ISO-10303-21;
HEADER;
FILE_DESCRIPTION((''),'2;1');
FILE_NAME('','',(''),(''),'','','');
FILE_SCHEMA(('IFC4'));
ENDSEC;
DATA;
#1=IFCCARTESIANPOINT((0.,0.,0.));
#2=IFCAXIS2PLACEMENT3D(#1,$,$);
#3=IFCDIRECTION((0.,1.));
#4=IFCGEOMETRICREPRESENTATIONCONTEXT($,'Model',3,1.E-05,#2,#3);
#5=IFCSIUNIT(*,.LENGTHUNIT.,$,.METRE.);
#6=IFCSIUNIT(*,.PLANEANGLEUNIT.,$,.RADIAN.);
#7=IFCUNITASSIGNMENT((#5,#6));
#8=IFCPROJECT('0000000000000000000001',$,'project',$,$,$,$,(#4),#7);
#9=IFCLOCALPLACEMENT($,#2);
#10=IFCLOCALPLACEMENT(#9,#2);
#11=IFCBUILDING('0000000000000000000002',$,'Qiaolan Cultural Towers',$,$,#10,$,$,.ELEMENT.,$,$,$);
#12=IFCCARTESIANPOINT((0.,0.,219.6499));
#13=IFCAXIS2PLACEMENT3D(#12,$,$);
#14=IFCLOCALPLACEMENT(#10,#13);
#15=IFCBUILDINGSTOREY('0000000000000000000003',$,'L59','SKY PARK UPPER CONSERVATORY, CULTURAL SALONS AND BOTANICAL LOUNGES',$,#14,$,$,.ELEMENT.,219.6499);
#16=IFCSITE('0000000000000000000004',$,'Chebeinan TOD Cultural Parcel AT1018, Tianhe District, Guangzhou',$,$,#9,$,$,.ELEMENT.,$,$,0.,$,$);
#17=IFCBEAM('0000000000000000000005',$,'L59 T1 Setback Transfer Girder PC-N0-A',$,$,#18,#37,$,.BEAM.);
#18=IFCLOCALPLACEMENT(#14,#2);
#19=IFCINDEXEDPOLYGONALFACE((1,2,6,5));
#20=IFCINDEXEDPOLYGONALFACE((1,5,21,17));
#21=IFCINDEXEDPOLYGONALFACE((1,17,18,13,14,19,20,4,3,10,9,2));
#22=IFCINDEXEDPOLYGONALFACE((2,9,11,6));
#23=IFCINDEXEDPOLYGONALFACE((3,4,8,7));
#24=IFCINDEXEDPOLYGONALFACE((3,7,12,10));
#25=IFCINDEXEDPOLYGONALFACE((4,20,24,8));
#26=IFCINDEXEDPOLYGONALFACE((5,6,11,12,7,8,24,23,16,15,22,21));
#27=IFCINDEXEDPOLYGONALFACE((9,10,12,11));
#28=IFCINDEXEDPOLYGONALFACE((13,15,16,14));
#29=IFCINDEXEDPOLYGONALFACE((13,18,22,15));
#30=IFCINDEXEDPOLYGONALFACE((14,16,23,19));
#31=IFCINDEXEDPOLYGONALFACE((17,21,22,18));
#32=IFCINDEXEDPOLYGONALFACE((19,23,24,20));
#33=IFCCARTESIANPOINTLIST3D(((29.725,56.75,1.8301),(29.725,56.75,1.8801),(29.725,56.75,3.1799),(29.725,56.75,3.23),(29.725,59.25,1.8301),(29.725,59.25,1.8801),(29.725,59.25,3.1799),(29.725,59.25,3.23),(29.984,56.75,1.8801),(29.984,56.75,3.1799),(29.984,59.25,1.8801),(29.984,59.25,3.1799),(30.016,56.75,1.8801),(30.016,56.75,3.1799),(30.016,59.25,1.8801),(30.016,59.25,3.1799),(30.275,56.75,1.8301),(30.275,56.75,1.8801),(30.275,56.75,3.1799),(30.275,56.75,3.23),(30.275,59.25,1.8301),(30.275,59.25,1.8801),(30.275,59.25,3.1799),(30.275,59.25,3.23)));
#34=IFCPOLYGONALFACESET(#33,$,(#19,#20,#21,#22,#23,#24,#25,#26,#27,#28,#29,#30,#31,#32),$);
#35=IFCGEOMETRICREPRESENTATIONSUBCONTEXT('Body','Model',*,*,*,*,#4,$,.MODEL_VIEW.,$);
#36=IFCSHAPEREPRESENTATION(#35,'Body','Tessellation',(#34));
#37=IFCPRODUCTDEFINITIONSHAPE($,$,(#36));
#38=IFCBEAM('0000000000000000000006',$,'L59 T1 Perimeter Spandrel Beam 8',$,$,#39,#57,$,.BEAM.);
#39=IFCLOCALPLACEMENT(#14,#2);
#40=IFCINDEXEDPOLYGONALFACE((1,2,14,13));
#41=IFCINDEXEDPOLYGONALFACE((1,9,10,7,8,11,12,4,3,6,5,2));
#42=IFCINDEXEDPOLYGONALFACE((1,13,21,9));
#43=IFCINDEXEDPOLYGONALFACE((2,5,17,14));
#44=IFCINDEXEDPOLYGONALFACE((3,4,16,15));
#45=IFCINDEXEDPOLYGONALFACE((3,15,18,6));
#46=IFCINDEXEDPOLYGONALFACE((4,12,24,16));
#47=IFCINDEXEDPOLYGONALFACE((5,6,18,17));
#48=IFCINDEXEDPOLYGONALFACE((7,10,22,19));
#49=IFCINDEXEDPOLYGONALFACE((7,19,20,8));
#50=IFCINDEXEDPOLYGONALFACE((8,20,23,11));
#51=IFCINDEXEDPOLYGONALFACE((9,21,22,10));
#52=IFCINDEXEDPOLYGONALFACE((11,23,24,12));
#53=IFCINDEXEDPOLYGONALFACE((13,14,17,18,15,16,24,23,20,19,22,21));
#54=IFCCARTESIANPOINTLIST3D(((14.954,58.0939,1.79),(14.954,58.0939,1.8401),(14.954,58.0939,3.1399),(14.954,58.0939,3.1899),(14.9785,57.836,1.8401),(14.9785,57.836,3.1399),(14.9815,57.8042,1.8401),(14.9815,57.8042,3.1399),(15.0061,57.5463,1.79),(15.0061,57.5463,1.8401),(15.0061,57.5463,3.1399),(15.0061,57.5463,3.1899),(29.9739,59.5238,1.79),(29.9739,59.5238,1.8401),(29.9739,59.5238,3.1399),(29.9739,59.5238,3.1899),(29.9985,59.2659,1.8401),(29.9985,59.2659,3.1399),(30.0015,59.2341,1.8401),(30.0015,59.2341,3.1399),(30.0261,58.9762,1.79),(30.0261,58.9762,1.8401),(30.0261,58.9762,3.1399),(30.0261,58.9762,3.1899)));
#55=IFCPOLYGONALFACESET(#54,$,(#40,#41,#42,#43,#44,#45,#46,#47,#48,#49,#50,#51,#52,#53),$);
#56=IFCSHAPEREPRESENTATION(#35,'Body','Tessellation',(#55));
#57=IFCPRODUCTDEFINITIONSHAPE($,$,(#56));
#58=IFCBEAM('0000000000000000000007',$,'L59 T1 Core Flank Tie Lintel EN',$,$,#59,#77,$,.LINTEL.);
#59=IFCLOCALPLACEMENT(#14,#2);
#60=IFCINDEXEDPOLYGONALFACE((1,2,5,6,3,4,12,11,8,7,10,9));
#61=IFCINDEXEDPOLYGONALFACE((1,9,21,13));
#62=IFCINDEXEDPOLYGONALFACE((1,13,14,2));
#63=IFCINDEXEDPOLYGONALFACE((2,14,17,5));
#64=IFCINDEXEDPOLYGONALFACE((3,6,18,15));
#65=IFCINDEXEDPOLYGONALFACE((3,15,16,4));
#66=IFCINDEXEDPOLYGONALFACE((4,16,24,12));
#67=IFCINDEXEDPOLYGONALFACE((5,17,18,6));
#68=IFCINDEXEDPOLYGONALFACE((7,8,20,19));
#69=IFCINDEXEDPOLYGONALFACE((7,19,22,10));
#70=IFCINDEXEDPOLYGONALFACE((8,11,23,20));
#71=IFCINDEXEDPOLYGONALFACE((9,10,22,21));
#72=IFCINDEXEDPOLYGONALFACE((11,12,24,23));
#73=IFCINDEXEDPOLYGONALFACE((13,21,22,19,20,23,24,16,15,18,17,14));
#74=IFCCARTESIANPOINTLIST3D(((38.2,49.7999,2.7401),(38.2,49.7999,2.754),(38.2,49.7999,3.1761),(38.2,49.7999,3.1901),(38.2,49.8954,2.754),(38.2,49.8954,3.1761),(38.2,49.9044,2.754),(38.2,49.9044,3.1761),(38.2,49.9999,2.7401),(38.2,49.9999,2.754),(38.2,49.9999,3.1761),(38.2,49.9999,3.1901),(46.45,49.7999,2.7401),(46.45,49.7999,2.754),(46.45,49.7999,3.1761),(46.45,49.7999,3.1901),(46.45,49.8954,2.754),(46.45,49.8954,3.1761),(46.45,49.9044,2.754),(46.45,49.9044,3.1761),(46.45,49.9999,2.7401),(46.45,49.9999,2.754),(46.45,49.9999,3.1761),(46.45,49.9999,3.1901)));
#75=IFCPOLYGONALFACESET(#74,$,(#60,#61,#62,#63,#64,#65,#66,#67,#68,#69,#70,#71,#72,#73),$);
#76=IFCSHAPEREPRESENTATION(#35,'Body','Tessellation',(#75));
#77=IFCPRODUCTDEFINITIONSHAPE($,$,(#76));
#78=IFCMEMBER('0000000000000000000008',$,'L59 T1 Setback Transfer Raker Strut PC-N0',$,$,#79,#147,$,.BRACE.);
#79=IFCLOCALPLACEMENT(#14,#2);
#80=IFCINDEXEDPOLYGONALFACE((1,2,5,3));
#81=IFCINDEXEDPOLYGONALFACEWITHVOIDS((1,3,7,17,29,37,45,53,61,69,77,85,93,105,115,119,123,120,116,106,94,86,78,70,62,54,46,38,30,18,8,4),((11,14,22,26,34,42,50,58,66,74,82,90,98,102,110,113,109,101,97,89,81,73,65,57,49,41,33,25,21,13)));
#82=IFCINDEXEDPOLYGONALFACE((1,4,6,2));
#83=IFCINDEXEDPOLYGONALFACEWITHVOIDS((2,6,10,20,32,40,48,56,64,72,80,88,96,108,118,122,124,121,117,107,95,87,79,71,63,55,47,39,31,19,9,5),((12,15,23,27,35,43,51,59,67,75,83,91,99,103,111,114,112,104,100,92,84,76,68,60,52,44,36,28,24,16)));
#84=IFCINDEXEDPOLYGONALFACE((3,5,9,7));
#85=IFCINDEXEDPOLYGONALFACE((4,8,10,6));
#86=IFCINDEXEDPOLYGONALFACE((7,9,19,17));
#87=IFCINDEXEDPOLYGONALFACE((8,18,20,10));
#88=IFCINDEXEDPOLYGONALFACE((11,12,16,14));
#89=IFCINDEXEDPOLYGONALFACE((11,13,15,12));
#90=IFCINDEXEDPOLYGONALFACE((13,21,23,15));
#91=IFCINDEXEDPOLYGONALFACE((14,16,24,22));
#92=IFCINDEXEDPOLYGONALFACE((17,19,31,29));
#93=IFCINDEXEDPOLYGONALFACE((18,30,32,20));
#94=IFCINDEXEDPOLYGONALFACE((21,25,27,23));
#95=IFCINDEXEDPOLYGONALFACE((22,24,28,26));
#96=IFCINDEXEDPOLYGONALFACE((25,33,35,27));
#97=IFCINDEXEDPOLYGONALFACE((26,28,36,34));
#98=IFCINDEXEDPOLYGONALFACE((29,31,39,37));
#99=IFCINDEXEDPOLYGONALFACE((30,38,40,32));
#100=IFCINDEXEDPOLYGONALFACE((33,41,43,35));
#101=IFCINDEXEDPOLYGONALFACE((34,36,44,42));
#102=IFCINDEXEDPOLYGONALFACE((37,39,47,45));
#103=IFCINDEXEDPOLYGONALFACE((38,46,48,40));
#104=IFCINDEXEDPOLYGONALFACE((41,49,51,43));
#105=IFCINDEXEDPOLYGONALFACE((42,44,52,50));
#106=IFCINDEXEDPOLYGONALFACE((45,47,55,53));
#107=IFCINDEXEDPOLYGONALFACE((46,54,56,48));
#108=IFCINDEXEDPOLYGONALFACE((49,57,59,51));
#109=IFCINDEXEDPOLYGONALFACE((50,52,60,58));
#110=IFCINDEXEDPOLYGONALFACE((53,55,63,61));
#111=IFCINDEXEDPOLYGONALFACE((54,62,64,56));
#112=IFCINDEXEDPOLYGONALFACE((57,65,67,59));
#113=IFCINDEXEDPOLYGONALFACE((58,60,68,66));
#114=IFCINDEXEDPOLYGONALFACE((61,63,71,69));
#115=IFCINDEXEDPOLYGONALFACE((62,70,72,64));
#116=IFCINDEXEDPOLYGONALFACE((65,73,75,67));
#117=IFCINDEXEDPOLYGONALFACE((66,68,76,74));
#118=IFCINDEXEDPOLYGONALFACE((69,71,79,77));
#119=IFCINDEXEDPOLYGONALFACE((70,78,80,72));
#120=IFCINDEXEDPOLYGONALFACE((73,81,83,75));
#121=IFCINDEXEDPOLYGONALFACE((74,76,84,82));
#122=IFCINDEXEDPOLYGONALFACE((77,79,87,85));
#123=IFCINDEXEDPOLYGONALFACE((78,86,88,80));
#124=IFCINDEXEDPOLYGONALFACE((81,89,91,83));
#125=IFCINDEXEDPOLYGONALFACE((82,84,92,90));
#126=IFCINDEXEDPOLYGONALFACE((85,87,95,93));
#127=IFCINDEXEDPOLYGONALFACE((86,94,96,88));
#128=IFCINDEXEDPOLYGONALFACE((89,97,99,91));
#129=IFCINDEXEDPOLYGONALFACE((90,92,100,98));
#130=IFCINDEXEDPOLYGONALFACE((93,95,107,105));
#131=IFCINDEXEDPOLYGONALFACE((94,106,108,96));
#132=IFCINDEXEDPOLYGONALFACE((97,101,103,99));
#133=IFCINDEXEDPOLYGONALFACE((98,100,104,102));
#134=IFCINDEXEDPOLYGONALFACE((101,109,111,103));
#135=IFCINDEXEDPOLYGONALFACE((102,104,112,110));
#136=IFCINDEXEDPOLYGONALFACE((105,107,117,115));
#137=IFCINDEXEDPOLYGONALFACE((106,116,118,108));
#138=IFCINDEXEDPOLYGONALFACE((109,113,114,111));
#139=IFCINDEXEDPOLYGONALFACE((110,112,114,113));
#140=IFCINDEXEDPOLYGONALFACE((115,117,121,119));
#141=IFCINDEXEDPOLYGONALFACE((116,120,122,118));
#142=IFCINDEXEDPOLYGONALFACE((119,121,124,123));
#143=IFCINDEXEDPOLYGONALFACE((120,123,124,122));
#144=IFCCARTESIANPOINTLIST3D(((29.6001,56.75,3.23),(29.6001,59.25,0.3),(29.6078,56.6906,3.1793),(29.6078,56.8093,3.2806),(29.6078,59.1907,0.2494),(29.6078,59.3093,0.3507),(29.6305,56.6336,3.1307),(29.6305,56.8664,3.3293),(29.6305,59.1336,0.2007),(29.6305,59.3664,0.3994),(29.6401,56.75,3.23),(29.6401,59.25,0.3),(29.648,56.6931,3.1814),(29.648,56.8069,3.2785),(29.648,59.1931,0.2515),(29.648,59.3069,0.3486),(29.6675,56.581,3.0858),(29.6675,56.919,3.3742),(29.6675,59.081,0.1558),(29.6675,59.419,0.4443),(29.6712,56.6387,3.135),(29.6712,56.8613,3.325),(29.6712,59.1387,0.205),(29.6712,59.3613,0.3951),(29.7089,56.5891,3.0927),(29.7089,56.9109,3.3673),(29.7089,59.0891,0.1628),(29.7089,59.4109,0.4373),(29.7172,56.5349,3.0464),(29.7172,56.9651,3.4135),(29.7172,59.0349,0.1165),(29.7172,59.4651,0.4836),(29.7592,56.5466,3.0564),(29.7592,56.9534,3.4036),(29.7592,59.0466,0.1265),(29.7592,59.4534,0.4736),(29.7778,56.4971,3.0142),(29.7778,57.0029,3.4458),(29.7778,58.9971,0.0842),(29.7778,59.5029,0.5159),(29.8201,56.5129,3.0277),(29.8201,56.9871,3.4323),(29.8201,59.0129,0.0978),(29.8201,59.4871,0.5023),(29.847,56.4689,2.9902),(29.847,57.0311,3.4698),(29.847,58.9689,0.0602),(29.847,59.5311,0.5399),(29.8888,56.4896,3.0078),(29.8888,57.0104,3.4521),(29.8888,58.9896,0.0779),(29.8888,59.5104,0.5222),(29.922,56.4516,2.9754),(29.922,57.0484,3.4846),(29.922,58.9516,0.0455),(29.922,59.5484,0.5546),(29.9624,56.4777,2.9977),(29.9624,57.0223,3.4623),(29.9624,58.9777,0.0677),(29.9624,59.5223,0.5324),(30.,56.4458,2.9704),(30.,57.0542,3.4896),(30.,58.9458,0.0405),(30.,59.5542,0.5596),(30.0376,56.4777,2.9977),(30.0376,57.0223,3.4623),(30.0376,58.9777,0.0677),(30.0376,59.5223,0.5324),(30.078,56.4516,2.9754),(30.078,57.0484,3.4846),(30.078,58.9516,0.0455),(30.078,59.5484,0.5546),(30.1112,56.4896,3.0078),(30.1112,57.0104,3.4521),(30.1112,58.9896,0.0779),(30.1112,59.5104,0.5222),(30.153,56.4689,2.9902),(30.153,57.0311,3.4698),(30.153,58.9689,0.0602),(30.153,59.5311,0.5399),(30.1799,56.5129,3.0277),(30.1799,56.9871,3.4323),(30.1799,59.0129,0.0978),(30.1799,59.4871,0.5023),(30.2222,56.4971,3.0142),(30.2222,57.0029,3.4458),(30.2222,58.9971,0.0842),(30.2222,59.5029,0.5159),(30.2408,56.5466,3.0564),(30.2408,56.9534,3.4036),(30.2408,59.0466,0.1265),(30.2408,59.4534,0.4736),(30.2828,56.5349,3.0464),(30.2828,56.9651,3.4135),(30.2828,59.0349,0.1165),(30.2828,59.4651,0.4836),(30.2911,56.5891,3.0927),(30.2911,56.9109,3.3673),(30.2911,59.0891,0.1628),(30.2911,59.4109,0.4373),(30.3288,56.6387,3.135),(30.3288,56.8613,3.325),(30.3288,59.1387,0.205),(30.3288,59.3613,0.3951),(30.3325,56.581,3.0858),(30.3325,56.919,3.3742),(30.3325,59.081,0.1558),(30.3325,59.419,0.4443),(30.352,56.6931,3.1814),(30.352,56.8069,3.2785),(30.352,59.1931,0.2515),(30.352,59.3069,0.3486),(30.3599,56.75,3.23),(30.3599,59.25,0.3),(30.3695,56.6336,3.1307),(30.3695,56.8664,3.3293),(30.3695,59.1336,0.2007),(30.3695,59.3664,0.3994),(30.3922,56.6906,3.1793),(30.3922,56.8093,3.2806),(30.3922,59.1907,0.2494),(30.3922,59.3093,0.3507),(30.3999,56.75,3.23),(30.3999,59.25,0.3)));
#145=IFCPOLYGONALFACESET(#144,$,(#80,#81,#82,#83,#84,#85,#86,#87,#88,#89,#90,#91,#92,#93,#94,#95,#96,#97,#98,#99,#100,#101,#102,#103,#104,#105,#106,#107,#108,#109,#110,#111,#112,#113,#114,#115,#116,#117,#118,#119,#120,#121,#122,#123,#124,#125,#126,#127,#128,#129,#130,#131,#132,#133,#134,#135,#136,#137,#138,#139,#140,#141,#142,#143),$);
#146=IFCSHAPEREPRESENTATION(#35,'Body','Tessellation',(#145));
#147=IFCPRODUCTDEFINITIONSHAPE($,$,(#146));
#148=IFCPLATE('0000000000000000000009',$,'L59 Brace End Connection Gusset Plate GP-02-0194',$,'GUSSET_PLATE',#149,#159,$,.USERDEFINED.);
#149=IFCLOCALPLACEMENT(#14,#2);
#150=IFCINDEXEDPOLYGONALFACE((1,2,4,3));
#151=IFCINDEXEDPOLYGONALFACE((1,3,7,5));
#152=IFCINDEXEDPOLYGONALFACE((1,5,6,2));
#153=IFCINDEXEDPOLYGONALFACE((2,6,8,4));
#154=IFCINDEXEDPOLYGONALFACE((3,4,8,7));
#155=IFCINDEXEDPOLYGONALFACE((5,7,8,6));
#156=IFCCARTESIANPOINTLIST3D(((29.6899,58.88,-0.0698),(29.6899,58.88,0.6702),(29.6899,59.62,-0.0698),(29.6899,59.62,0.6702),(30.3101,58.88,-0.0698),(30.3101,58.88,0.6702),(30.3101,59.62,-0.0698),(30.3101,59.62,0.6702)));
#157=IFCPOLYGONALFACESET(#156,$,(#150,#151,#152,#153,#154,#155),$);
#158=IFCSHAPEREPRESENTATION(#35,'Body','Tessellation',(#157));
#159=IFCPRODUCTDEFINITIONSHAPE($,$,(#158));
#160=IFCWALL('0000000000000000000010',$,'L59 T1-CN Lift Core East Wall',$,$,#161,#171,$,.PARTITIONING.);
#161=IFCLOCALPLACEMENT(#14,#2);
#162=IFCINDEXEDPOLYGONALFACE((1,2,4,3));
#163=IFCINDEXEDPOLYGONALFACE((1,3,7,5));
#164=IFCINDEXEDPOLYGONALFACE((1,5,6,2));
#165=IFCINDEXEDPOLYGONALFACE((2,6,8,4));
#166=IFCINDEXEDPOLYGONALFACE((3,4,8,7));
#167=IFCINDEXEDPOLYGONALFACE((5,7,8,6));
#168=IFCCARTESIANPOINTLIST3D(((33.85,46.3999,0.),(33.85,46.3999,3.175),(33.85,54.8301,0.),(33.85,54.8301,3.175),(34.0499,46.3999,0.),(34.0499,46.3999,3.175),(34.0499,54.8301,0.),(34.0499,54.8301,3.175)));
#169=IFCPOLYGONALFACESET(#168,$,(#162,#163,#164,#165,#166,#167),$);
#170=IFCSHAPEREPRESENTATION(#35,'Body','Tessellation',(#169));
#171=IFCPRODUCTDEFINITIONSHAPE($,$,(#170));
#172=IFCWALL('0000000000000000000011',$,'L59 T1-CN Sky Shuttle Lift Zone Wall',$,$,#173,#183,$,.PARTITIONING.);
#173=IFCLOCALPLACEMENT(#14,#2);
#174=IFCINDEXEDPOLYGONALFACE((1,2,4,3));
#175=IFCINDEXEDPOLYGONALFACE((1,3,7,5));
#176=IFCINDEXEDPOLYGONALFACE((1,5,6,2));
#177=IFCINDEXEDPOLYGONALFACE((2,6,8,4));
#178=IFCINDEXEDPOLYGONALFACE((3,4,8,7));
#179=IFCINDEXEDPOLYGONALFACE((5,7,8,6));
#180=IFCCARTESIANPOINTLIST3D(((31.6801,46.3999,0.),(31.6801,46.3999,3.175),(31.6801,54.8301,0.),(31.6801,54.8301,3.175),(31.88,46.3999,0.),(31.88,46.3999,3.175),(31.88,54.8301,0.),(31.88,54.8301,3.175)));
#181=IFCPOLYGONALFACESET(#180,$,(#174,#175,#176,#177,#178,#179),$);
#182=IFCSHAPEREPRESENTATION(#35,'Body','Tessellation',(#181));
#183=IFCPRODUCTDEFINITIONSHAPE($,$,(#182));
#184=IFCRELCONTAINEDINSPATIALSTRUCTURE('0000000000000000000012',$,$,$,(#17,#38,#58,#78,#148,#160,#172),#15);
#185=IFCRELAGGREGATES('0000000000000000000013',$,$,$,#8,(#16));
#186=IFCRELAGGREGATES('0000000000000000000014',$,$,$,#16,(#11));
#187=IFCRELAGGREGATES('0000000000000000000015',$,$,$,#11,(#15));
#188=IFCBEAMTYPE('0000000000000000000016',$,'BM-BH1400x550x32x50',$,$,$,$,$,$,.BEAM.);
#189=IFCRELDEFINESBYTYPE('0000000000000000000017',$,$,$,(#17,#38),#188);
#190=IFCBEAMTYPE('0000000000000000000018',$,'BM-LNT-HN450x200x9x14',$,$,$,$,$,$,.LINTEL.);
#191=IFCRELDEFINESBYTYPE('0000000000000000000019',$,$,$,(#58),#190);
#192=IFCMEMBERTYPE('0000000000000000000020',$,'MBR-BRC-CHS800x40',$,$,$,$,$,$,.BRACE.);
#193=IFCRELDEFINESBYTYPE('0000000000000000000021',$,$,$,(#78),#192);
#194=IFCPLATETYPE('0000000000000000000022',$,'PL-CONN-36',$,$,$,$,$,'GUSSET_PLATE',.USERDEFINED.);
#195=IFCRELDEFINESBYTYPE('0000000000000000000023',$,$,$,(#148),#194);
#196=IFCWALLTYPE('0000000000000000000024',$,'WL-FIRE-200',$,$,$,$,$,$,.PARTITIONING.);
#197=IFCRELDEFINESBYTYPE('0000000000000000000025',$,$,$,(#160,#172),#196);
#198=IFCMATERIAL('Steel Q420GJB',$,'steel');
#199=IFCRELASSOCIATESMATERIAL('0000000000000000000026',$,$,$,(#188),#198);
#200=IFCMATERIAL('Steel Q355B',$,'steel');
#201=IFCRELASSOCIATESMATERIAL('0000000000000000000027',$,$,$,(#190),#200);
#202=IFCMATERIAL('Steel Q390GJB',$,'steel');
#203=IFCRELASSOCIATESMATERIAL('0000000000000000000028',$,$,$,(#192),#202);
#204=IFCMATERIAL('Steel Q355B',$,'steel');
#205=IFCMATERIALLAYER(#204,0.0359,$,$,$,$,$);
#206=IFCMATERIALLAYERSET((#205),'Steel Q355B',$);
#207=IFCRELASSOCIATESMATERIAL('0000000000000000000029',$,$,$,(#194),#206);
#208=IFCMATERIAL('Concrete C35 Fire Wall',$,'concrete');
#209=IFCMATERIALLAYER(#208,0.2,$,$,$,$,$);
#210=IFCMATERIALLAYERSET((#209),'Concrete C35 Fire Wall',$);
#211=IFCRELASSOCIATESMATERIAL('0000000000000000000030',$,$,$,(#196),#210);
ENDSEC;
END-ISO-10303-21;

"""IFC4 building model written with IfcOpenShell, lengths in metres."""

from ifc_helpers import new_model, si_unit, direction, frame, frame_2d, origin, origin_2d, place, context, subcontext, project, spatial, rectangle, hollow_circle, i_section, extrude, material, layer, layer_set, material_profile, profile_set, type_object, element, save


model = new_model("IFC4")

# Units and contexts
model_context = context("Model", 3, precision=1e-05, world=origin(), true_north=direction((0.0, 1.0)))
body_context = subcontext(model_context, "Body", "Model", "MODEL_VIEW")
ifc_project = project(units=[si_unit("LENGTHUNIT", "METRE"), si_unit("PLANEANGLEUNIT", "RADIAN")], contexts=[model_context])

# Site, building, storey
site_placement = place(None, origin())
site = spatial("IfcSite", under=ifc_project, at=site_placement, Name="Chebeinan TOD Cultural Parcel AT1018, Tianhe District, Guangzhou", CompositionType="ELEMENT", RefElevation=0.0)
building_placement = place(site_placement, origin())
building = spatial("IfcBuilding", under=site, at=building_placement, Name="Qiaolan Cultural Towers", CompositionType="ELEMENT")
storey_placement = place(building_placement, frame((0.0, 0.0, 219.6499)))
storey = spatial("IfcBuildingStorey", under=building, at=storey_placement, Name="L59", Description="SKY PARK UPPER CONSERVATORY, CULTURAL SALONS AND BOTANICAL LOUNGES", CompositionType="ELEMENT", Elevation=219.6499)

# Beams
ifc_material_1 = material(Name="Steel Q420GJB", Category="steel")
ifc_material_profile_1 = material_profile(ifc_material_1, i_section(OverallWidth=0.55, OverallDepth=1.3999, WebThickness=0.032, FlangeThickness=0.05, at=origin_2d()), Name="BH1400x550x32x50")
ifc_profile_set_1 = profile_set([ifc_material_profile_1], Name="Steel Q420GJB")
beam_type_1 = type_object("IfcBeamType", Name="BM-BH1400x550x32x50", PredefinedType="BEAM", material=ifc_profile_set_1)
beam_1_placement = place(storey_placement, frame((30.0, 59.25, 2.53), z_axis=(0.0, -1.0, 0.0), x_axis=(1.0, 0.0, 0.0)))
element("IfcBeam", 1, at=beam_1_placement, inside=storey, type_object=beam_type_1, Name="L59 T1 Setback Transfer Girder PC-N0-A", PredefinedType="BEAM", context=body_context, shape_type="SweptSolid", body=[
    extrude(i_section(OverallWidth=0.55, OverallDepth=1.3999, WebThickness=0.032, FlangeThickness=0.05, at=origin_2d()), origin(), (0.0, 0.0, 1.0), 2.5),
])
beam_2_placement = place(storey_placement, frame((30.0, 59.25, 2.49), z_axis=(-0.995499, -0.094773, 0.0), x_axis=(0.094773, -0.995499, 0.0)))
element("IfcBeam", 2, at=beam_2_placement, inside=storey, type_object=beam_type_1, Name="L59 T1 Perimeter Spandrel Beam 8", PredefinedType="BEAM", context=body_context, shape_type="SweptSolid", body=[
    extrude(i_section(OverallWidth=0.55, OverallDepth=1.3999, WebThickness=0.032, FlangeThickness=0.05, at=origin_2d()), origin(), (0.0, 0.0, 1.0), 15.0879),
])
ifc_material_2 = material(Name="Steel Q355B", Category="steel")
ifc_material_profile_2 = material_profile(ifc_material_2, i_section(OverallWidth=0.2, OverallDepth=0.45, WebThickness=0.009, FlangeThickness=0.0139, at=origin_2d()), Name="HN450x200x9x14")
ifc_profile_set_2 = profile_set([ifc_material_profile_2], Name="Steel Q355B")
beam_type_2 = type_object("IfcBeamType", Name="BM-LNT-HN450x200x9x14", PredefinedType="LINTEL", material=ifc_profile_set_2)
beam_3_placement = place(storey_placement, frame((38.2, 49.8999, 2.9651), z_axis=(1.0, 0.0, 0.0), x_axis=(0.0, 1.0, 0.0)))
element("IfcBeam", 3, at=beam_3_placement, inside=storey, type_object=beam_type_2, Name="L59 T1 Core Flank Tie Lintel EN", PredefinedType="LINTEL", context=body_context, shape_type="SweptSolid", body=[
    extrude(i_section(OverallWidth=0.2, OverallDepth=0.45, WebThickness=0.009, FlangeThickness=0.0139, at=origin_2d()), origin(), (0.0, 0.0, 1.0), 8.25),
])

# Member
ifc_material_3 = material(Name="Steel Q390GJB", Category="steel")
ifc_material_profile_3 = material_profile(ifc_material_3, hollow_circle(Radius=0.3999, WallThickness=0.04, at=origin_2d()), Name="CHS800x40")
ifc_profile_set_3 = profile_set([ifc_material_profile_3], Name="Steel Q390GJB")
member_type = type_object("IfcMemberType", Name="MBR-BRC-CHS800x40", PredefinedType="BRACE", material=ifc_profile_set_3)
member_placement = place(storey_placement, frame((30.0, 59.25, 0.3), z_axis=(0.0, -0.649088, 0.760713), x_axis=(1.0, 0.0, 0.0)))
element("IfcMember", 4, at=member_placement, inside=storey, type_object=member_type, Name="L59 T1 Setback Transfer Raker Strut PC-N0", PredefinedType="BRACE", context=body_context, shape_type="SweptSolid", body=[
    extrude(hollow_circle(Radius=0.3999, WallThickness=0.04, at=origin_2d()), origin(), (0.0, 0.0, 1.0), 3.8516),
])

# Plate
ifc_material_4 = material(Name="Steel Q355B", Category="steel")
ifc_layer_1 = layer(ifc_material_4, 0.0359)
ifc_layer_set_1 = layer_set([ifc_layer_1], Name="Steel Q355B")
plate_type = type_object("IfcPlateType", Name="PL-CONN-36", ElementType="GUSSET_PLATE", PredefinedType="USERDEFINED", material=ifc_layer_set_1)
plate_placement = place(storey_placement, frame((30.0, 59.25, -0.0698), z_axis=(0.0, 0.0, 1.0), x_axis=(0.0, 1.0, 0.0)))
element("IfcPlate", 5, at=plate_placement, inside=storey, type_object=plate_type, Name="L59 Brace End Connection Gusset Plate GP-02-0194", ObjectType="GUSSET_PLATE", PredefinedType="USERDEFINED", context=body_context, shape_type="SweptSolid", body=[
    extrude(rectangle(XDim=0.74, YDim=0.6201, at=origin_2d()), origin(), (0.0, 0.0, 1.0), 0.74),
])

# Walls
ifc_material_5 = material(Name="Concrete C35 Fire Wall", Category="concrete")
ifc_layer_2 = layer(ifc_material_5, 0.2)
ifc_layer_set_2 = layer_set([ifc_layer_2], Name="Concrete C35 Fire Wall")
wall_type_1 = type_object("IfcWallType", Name="WL-FIRE-200", PredefinedType="PARTITIONING", material=ifc_layer_set_2)
for number, where, z_axis, x_axis, name in (
    (6, (33.95, 46.3999, 0.0), (0.0, 0.0, 1.0), (0.0, 1.0, 0.0), "L59 T1-CN Lift Core East Wall"),
    (7, (31.78, 46.3999, 0.0), (0.0, 0.0, 1.0), (0.0, 1.0, 0.0), "L59 T1-CN Sky Shuttle Lift Zone Wall"),
):
    element("IfcWall", number, at=place(storey_placement, frame(where, z_axis=z_axis, x_axis=x_axis)), inside=storey, type_object=wall_type_1, Name=name, PredefinedType="PARTITIONING", context=body_context, shape_type="SweptSolid", body=[
        extrude(rectangle(XDim=8.4302, YDim=0.2, at=frame_2d((4.2151, 0.0))), origin(), (0.0, 0.0, 1.0), 3.175),
    ])

save(model, "model.ifc")
